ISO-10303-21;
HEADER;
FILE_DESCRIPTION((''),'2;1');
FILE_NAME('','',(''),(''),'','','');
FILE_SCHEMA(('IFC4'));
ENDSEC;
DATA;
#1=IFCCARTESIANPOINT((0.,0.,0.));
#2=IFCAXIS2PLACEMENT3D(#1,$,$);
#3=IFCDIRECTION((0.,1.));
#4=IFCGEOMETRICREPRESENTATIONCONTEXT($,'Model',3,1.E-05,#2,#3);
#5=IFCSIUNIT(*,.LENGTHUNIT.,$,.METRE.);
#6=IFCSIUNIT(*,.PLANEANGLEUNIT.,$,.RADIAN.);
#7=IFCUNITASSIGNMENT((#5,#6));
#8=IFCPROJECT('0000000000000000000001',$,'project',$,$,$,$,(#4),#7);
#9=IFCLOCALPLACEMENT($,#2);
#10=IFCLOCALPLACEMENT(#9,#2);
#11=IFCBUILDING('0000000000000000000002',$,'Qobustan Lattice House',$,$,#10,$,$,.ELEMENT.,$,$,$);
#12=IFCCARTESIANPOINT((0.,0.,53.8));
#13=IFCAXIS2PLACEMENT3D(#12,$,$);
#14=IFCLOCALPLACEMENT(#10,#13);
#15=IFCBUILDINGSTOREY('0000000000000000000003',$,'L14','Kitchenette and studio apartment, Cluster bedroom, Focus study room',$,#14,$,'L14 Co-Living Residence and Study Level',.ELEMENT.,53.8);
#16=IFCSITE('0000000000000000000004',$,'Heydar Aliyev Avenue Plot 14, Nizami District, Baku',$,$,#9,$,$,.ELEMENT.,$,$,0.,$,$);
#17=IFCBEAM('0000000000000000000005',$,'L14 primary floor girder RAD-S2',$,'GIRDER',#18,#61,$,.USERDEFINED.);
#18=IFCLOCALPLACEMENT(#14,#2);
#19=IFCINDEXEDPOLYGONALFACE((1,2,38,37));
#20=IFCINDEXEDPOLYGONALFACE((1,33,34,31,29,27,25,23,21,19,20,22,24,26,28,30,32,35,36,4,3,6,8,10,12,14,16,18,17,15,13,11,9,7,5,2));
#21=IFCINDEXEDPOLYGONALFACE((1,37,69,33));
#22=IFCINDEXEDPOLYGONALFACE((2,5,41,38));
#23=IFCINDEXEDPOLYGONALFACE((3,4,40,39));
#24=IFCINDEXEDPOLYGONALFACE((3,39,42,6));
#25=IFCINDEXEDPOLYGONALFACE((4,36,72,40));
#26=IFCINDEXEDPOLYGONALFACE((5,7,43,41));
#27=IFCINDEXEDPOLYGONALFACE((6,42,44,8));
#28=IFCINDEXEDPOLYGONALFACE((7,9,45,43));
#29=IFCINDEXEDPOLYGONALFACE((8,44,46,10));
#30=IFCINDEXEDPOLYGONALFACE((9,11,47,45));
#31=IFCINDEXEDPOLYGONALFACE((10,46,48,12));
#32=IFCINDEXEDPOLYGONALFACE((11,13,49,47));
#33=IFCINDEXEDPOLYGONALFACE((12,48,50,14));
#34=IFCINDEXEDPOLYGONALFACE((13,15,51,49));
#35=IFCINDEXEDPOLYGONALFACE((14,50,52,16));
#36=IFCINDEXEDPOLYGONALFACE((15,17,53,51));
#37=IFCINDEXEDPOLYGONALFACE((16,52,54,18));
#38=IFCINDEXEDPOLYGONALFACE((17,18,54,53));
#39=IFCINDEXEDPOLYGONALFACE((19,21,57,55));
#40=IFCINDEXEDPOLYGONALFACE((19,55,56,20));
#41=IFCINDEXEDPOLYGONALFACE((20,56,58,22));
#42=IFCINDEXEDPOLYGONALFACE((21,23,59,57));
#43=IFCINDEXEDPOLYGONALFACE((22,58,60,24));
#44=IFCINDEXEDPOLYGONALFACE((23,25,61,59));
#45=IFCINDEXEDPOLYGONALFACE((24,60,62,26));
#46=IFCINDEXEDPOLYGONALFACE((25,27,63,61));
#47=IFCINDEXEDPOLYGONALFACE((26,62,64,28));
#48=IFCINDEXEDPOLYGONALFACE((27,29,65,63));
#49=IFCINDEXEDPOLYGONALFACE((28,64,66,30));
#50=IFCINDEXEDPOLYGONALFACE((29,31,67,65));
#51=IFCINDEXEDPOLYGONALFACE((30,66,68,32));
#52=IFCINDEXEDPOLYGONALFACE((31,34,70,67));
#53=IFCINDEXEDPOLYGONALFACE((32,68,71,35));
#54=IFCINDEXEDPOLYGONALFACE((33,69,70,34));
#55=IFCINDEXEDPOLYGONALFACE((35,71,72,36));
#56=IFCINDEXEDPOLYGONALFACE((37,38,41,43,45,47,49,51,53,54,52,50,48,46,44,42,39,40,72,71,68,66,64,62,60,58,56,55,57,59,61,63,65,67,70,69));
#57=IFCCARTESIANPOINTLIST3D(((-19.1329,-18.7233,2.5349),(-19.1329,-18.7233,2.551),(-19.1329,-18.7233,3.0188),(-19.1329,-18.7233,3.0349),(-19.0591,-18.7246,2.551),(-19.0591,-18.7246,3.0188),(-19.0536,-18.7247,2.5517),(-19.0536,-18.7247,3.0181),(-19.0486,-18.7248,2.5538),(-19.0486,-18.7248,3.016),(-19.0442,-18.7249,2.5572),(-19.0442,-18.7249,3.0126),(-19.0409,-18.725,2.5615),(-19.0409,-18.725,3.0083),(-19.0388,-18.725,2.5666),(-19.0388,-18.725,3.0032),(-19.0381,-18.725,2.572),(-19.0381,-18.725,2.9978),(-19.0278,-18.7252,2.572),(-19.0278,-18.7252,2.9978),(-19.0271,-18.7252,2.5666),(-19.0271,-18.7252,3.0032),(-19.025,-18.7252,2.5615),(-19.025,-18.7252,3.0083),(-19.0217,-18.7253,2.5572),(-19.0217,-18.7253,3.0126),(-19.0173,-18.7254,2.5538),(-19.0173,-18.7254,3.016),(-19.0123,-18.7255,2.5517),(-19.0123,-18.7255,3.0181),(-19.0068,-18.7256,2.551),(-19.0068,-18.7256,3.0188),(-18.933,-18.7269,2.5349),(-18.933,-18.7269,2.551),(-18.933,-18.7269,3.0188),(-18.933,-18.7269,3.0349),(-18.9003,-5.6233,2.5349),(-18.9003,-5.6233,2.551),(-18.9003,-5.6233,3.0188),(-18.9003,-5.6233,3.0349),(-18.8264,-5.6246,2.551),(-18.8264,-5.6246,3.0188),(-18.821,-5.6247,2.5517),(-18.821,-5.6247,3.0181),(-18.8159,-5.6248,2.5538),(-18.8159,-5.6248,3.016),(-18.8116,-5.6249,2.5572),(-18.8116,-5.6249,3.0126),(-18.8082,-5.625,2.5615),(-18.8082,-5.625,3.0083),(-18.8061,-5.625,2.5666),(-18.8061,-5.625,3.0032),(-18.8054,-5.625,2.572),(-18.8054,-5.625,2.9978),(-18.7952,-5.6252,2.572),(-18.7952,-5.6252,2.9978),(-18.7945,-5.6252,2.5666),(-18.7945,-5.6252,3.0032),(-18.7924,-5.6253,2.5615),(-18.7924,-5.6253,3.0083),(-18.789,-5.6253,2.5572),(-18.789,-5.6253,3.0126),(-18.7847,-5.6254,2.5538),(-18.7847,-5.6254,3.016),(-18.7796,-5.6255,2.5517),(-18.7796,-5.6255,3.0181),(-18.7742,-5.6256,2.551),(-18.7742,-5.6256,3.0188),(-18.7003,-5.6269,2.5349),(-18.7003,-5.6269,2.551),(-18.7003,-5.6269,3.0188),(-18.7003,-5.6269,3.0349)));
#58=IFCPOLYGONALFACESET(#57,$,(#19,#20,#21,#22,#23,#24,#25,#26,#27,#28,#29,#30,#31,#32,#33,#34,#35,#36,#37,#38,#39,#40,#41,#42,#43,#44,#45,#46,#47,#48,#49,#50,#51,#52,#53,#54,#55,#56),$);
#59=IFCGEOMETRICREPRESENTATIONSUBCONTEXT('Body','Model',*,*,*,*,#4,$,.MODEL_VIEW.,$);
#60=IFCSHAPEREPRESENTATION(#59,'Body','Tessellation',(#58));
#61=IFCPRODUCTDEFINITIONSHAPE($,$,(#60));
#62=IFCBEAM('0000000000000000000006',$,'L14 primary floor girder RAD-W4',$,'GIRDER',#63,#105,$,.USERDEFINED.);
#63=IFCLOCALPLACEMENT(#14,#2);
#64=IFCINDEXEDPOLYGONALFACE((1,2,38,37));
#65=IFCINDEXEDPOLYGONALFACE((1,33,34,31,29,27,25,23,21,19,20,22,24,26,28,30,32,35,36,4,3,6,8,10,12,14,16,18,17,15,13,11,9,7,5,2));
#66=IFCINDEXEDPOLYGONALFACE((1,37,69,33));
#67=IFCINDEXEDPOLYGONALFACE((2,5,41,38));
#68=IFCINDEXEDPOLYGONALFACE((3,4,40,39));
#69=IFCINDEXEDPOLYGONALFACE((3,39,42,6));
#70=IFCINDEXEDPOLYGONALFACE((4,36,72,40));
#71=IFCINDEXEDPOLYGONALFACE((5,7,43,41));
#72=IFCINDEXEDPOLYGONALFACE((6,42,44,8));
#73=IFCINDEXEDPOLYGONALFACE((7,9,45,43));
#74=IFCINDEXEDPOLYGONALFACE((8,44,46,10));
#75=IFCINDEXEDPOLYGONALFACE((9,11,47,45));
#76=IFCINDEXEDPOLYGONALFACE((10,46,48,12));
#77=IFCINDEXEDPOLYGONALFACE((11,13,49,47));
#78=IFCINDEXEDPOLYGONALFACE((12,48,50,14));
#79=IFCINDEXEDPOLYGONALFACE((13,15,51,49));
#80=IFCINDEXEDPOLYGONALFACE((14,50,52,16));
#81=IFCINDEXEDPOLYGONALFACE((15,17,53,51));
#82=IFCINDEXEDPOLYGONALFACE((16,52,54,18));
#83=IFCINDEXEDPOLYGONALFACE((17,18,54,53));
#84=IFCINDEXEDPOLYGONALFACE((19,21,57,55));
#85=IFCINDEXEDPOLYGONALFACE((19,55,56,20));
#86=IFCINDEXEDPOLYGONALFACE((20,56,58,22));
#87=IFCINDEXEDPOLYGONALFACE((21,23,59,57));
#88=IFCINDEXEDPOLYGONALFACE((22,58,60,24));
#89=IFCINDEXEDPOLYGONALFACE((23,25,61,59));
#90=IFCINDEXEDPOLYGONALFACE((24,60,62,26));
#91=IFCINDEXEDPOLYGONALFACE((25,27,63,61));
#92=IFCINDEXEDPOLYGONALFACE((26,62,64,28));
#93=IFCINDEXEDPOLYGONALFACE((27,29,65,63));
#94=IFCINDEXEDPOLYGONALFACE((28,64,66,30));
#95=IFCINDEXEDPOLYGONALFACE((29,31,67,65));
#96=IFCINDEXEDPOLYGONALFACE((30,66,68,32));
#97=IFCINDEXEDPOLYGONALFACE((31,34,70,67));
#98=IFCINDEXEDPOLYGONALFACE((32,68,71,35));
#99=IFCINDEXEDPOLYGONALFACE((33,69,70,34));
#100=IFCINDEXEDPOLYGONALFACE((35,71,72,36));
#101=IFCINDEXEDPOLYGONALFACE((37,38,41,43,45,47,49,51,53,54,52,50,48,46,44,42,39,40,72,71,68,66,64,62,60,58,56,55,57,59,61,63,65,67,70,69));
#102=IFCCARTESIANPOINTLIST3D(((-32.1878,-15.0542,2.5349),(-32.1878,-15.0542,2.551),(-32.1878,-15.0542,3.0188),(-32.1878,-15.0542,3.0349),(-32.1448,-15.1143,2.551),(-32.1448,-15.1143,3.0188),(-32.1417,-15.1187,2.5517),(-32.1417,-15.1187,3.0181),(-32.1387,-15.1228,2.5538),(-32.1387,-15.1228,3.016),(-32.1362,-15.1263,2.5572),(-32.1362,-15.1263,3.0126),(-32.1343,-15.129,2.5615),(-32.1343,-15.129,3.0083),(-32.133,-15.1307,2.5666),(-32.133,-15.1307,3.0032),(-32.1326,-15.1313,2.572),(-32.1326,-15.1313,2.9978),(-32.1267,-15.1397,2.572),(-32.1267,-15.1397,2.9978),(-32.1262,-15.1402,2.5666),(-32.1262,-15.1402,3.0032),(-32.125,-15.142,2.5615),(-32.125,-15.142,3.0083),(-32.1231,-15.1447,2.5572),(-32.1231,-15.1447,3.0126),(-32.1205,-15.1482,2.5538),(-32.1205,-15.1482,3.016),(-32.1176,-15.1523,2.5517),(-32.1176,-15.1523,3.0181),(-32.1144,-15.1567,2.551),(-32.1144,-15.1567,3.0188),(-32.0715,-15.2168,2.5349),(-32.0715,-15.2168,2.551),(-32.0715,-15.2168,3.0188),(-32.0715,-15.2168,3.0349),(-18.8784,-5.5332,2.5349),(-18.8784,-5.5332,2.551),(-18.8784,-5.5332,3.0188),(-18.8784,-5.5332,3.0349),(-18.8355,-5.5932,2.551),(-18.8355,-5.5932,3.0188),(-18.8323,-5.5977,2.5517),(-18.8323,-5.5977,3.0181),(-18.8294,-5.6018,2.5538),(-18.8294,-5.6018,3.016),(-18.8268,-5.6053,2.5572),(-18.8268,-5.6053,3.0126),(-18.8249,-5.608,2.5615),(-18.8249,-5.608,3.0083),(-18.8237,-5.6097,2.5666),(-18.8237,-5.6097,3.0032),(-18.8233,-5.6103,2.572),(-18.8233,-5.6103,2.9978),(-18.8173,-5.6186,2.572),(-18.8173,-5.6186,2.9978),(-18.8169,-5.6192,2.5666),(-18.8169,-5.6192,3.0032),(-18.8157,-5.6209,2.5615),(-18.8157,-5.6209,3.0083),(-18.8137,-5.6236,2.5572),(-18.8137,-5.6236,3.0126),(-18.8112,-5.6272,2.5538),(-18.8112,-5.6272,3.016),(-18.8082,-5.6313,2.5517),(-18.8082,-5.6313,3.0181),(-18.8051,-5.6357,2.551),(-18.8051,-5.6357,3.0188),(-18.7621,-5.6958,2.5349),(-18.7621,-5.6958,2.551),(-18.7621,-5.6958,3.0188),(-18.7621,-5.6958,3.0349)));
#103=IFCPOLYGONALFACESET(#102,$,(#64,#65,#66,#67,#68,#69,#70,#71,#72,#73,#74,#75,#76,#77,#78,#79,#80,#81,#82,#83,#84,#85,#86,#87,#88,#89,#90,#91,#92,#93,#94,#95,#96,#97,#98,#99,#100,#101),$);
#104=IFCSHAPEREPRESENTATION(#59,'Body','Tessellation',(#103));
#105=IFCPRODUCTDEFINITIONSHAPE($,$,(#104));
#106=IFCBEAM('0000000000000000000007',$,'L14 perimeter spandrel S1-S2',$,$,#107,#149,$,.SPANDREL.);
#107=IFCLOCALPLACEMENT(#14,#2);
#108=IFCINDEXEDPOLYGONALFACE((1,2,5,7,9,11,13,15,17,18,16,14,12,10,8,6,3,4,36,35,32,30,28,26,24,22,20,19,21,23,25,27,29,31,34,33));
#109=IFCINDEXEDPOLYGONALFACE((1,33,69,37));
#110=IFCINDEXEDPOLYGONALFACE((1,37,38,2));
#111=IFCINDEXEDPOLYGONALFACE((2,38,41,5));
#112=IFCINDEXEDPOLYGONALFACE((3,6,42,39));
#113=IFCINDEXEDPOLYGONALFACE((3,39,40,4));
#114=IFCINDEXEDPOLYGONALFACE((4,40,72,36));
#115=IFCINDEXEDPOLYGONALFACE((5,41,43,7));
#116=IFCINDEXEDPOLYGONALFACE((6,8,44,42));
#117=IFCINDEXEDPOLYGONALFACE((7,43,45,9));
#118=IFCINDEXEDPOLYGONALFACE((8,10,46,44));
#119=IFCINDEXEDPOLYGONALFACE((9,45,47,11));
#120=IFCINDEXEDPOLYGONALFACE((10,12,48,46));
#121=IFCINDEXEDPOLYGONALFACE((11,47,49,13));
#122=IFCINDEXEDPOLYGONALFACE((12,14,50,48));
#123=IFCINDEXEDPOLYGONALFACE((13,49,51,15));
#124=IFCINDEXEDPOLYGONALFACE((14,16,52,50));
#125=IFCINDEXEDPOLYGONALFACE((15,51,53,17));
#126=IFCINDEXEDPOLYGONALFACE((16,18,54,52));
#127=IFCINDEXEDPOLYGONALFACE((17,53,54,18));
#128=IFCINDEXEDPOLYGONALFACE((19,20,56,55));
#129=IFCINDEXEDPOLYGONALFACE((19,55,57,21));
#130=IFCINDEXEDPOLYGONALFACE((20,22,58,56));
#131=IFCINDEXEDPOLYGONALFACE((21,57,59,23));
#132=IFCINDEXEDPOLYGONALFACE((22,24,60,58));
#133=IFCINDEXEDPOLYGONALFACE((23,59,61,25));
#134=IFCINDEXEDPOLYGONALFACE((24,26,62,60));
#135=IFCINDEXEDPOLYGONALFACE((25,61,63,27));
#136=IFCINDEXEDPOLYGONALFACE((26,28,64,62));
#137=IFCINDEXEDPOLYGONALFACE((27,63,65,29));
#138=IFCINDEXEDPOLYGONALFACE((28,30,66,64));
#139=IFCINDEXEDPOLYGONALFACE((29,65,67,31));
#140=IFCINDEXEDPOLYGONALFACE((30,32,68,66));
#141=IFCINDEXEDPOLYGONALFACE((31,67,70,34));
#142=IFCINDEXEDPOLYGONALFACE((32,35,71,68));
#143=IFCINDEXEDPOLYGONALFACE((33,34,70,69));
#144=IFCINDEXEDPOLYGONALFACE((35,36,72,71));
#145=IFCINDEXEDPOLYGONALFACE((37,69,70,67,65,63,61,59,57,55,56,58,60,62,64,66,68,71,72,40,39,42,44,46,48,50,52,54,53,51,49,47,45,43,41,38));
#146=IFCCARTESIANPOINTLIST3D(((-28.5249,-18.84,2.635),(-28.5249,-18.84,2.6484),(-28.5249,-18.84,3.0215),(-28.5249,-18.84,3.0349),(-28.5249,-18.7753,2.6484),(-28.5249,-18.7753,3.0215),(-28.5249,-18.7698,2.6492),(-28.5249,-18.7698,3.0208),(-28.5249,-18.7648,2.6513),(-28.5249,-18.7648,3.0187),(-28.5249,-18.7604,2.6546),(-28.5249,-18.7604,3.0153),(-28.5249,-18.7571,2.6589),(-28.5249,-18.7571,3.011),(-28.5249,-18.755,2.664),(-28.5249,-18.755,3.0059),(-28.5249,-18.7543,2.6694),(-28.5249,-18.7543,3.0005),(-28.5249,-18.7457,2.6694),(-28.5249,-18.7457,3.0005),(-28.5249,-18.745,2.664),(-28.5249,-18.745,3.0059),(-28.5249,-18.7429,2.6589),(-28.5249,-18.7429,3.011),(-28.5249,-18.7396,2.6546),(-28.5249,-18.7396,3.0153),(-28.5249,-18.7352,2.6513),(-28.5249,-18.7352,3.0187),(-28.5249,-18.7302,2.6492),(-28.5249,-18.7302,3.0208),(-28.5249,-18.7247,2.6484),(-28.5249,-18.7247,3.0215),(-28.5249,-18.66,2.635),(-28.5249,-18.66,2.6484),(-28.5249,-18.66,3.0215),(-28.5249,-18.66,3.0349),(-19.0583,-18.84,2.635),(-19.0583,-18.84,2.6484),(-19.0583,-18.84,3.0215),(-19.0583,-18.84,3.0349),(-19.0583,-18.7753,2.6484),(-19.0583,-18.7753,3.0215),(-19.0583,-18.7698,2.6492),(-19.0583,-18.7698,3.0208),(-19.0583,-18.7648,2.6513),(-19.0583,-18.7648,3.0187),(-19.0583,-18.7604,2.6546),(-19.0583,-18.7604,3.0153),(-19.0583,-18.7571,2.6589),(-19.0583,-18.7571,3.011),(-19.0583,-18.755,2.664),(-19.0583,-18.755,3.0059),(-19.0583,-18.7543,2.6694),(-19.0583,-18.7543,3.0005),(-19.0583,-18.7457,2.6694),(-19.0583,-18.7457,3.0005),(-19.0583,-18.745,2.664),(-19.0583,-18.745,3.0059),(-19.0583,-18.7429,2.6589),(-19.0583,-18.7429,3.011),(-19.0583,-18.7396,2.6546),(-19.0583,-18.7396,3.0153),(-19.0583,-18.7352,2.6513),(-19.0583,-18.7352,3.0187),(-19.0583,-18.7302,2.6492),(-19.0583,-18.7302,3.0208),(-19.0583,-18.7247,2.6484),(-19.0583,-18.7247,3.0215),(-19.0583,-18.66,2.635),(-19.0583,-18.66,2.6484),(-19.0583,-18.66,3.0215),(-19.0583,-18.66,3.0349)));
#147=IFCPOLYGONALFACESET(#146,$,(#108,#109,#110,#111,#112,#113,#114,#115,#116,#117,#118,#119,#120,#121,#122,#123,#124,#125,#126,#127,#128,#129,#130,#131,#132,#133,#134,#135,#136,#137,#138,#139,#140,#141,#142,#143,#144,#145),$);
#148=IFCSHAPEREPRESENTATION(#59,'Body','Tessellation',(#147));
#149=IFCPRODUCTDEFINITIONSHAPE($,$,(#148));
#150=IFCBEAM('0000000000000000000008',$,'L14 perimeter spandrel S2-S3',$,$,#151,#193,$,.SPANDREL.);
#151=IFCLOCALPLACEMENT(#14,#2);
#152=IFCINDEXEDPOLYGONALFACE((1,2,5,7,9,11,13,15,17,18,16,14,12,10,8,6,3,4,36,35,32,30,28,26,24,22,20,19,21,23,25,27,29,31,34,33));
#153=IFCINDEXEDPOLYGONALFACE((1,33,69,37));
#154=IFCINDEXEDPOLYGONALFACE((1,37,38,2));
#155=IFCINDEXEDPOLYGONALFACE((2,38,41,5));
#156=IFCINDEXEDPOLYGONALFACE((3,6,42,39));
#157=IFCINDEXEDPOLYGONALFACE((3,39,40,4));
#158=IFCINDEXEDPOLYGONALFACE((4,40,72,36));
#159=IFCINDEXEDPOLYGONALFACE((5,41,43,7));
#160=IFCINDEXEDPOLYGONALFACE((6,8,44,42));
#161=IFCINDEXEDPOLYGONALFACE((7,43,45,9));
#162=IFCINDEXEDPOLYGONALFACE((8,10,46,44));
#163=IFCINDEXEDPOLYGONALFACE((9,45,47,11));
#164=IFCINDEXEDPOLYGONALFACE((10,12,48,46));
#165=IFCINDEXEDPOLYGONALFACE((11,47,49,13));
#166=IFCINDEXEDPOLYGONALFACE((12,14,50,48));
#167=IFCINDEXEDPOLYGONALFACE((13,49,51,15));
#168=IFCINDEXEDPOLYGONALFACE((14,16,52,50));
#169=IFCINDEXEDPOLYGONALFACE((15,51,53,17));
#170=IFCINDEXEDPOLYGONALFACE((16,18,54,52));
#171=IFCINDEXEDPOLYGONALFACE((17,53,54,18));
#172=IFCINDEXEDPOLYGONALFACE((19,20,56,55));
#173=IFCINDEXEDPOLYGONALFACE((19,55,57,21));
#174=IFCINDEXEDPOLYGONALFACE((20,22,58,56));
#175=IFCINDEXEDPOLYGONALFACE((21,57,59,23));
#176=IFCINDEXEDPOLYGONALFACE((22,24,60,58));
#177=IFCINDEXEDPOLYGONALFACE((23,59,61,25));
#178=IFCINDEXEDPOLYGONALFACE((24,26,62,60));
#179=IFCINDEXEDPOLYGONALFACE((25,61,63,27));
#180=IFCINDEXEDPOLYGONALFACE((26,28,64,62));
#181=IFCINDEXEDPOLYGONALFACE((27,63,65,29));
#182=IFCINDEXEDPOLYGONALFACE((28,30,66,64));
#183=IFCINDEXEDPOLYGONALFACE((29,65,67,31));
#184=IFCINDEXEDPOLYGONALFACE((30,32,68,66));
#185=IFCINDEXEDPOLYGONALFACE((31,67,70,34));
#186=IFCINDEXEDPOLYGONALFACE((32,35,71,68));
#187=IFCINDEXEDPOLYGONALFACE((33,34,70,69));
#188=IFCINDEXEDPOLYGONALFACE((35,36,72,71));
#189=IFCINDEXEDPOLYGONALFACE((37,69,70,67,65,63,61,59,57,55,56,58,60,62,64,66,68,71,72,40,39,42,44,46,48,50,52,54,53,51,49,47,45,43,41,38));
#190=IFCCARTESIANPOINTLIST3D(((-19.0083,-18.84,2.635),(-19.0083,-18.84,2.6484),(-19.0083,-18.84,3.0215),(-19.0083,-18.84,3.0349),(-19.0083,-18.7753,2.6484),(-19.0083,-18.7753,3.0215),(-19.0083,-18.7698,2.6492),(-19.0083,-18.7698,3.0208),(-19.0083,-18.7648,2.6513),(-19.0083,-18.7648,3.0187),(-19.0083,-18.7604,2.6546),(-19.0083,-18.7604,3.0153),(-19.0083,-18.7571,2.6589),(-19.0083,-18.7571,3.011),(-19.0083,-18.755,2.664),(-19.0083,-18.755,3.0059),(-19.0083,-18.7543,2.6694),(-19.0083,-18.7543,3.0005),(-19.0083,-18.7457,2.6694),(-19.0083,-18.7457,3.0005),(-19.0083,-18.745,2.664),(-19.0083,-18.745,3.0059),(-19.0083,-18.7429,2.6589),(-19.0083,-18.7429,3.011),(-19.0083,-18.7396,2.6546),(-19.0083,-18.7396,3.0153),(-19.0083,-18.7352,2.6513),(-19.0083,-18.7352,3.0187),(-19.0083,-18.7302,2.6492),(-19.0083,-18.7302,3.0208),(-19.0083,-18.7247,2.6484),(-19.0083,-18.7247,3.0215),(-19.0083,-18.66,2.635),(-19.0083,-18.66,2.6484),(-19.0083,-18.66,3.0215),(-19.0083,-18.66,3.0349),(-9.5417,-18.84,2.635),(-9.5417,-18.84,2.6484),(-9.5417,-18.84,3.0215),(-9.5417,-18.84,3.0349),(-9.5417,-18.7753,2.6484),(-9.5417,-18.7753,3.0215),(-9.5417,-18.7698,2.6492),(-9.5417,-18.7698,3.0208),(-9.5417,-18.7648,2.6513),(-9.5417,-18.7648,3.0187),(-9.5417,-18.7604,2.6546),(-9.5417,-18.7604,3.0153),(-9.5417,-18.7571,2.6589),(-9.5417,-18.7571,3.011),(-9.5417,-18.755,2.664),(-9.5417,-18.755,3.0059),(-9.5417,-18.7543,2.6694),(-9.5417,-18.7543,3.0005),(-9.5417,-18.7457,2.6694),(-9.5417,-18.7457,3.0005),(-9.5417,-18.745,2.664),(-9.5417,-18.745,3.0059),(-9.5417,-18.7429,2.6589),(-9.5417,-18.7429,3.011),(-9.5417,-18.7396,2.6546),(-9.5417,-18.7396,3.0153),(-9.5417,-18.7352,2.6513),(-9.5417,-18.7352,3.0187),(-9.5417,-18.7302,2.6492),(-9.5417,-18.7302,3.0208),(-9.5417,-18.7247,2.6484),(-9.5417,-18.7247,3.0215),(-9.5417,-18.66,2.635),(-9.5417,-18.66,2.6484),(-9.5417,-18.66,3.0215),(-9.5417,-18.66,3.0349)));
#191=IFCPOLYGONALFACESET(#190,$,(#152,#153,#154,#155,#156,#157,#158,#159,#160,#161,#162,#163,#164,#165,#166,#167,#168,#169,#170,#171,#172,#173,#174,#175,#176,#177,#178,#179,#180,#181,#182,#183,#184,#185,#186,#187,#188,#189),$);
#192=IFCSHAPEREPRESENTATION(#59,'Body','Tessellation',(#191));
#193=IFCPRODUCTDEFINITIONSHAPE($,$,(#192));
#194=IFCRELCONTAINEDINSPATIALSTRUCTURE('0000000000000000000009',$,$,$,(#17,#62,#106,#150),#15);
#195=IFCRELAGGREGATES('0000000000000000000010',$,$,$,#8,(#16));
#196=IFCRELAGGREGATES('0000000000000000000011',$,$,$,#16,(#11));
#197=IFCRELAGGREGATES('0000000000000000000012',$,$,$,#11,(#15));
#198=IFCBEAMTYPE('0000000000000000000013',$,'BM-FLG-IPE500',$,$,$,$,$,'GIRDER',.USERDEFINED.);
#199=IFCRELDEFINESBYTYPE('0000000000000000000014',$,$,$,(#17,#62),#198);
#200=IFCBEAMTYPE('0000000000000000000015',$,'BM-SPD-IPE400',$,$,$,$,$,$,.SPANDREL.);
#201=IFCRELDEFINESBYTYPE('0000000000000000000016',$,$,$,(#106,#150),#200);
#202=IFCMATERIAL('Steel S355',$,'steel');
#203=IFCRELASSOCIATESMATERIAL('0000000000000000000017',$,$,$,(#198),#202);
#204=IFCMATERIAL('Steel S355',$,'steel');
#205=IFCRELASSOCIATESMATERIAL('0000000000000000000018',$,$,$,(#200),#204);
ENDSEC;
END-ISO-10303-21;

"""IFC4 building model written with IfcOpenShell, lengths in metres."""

from ifc_helpers import new_model, si_unit, direction, frame, origin, origin_2d, place, context, subcontext, project, spatial, i_section, extrude, material, material_profile, profile_set, type_object, element, save


model = new_model("IFC4")

# Units and contexts
model_context = context("Model", 3, precision=1e-05, world=origin(), true_north=direction((0.0, 1.0)))
body_context = subcontext(model_context, "Body", "Model", "MODEL_VIEW")
ifc_project = project(units=[si_unit("LENGTHUNIT", "METRE"), si_unit("PLANEANGLEUNIT", "RADIAN")], contexts=[model_context])

# Site, building, storey
site_placement = place(None, origin())
site = spatial("IfcSite", under=ifc_project, at=site_placement, Name="Heydar Aliyev Avenue Plot 14, Nizami District, Baku", CompositionType="ELEMENT", RefElevation=0.0)
building_placement = place(site_placement, origin())
building = spatial("IfcBuilding", under=site, at=building_placement, Name="Qobustan Lattice House", CompositionType="ELEMENT")
storey_placement = place(building_placement, frame((0.0, 0.0, 53.8)))
storey = spatial("IfcBuildingStorey", under=building, at=storey_placement, Name="L14", Description="Kitchenette and studio apartment, Cluster bedroom, Focus study room", LongName="L14 Co-Living Residence and Study Level", CompositionType="ELEMENT", Elevation=53.8)

# Beams
ifc_material_1 = material(Name="Steel S355", Category="steel")
ifc_material_profile_1 = material_profile(ifc_material_1, i_section(OverallWidth=0.2, OverallDepth=0.5, WebThickness=0.0103, FlangeThickness=0.0161, FilletRadius=0.021, at=origin_2d()), Name="IPE500")
ifc_profile_set_1 = profile_set([ifc_material_profile_1], Name="Steel S355")
beam_type_1 = type_object("IfcBeamType", Name="BM-FLG-IPE500", ElementType="GIRDER", PredefinedType="USERDEFINED", material=ifc_profile_set_1)
beam_1_placement = place(storey_placement, frame((-19.033, -18.7251, 2.7849), z_axis=(0.017758, 0.999842, 0.0), x_axis=(-0.999842, 0.017758, 0.0)))
element("IfcBeam", 1, at=beam_1_placement, inside=storey, type_object=beam_type_1, Name="L14 primary floor girder RAD-S2", ObjectType="GIRDER", PredefinedType="USERDEFINED", context=body_context, shape_type="SweptSolid", body=[
    extrude(i_section(OverallWidth=0.2, OverallDepth=0.5, WebThickness=0.0103, FlangeThickness=0.0161, FilletRadius=0.021, at=origin_2d()), origin(), (0.0, 0.0, 1.0), 13.1021),
])
beam_2_placement = place(storey_placement, frame((-32.1296, -15.1355, 2.7849), z_axis=(0.813319, 0.581818, 0.0), x_axis=(-0.581818, 0.813319, 0.0)))
element("IfcBeam", 2, at=beam_2_placement, inside=storey, type_object=beam_type_1, Name="L14 primary floor girder RAD-W4", ObjectType="GIRDER", PredefinedType="USERDEFINED", context=body_context, shape_type="SweptSolid", body=[
    extrude(i_section(OverallWidth=0.2, OverallDepth=0.5, WebThickness=0.0103, FlangeThickness=0.0161, FilletRadius=0.021, at=origin_2d()), origin(), (0.0, 0.0, 1.0), 16.3643),
])
ifc_material_2 = material(Name="Steel S355", Category="steel")
ifc_material_profile_2 = material_profile(ifc_material_2, i_section(OverallWidth=0.1799, OverallDepth=0.3999, WebThickness=0.0085, FlangeThickness=0.0134, FilletRadius=0.021, at=origin_2d()), Name="IPE400")
ifc_profile_set_2 = profile_set([ifc_material_profile_2], Name="Steel S355")
beam_type_2 = type_object("IfcBeamType", Name="BM-SPD-IPE400", PredefinedType="SPANDREL", material=ifc_profile_set_2)
for number, where, z_axis, x_axis, name in (
    (3, (-28.5249, -18.75, 2.835), (1.0, 0.0, 0.0), (0.0, 1.0, 0.0), "L14 perimeter spandrel S1-S2"),
    (4, (-19.0083, -18.75, 2.835), (1.0, 0.0, 0.0), (0.0, 1.0, 0.0), "L14 perimeter spandrel S2-S3"),
):
    element("IfcBeam", number, at=place(storey_placement, frame(where, z_axis=z_axis, x_axis=x_axis)), inside=storey, type_object=beam_type_2, Name=name, PredefinedType="SPANDREL", context=body_context, shape_type="SweptSolid", body=[
        extrude(i_section(OverallWidth=0.1799, OverallDepth=0.3999, WebThickness=0.0085, FlangeThickness=0.0134, FilletRadius=0.021, at=origin_2d()), origin(), (0.0, 0.0, 1.0), 9.4666),
    ])

save(model, "model.ifc")
